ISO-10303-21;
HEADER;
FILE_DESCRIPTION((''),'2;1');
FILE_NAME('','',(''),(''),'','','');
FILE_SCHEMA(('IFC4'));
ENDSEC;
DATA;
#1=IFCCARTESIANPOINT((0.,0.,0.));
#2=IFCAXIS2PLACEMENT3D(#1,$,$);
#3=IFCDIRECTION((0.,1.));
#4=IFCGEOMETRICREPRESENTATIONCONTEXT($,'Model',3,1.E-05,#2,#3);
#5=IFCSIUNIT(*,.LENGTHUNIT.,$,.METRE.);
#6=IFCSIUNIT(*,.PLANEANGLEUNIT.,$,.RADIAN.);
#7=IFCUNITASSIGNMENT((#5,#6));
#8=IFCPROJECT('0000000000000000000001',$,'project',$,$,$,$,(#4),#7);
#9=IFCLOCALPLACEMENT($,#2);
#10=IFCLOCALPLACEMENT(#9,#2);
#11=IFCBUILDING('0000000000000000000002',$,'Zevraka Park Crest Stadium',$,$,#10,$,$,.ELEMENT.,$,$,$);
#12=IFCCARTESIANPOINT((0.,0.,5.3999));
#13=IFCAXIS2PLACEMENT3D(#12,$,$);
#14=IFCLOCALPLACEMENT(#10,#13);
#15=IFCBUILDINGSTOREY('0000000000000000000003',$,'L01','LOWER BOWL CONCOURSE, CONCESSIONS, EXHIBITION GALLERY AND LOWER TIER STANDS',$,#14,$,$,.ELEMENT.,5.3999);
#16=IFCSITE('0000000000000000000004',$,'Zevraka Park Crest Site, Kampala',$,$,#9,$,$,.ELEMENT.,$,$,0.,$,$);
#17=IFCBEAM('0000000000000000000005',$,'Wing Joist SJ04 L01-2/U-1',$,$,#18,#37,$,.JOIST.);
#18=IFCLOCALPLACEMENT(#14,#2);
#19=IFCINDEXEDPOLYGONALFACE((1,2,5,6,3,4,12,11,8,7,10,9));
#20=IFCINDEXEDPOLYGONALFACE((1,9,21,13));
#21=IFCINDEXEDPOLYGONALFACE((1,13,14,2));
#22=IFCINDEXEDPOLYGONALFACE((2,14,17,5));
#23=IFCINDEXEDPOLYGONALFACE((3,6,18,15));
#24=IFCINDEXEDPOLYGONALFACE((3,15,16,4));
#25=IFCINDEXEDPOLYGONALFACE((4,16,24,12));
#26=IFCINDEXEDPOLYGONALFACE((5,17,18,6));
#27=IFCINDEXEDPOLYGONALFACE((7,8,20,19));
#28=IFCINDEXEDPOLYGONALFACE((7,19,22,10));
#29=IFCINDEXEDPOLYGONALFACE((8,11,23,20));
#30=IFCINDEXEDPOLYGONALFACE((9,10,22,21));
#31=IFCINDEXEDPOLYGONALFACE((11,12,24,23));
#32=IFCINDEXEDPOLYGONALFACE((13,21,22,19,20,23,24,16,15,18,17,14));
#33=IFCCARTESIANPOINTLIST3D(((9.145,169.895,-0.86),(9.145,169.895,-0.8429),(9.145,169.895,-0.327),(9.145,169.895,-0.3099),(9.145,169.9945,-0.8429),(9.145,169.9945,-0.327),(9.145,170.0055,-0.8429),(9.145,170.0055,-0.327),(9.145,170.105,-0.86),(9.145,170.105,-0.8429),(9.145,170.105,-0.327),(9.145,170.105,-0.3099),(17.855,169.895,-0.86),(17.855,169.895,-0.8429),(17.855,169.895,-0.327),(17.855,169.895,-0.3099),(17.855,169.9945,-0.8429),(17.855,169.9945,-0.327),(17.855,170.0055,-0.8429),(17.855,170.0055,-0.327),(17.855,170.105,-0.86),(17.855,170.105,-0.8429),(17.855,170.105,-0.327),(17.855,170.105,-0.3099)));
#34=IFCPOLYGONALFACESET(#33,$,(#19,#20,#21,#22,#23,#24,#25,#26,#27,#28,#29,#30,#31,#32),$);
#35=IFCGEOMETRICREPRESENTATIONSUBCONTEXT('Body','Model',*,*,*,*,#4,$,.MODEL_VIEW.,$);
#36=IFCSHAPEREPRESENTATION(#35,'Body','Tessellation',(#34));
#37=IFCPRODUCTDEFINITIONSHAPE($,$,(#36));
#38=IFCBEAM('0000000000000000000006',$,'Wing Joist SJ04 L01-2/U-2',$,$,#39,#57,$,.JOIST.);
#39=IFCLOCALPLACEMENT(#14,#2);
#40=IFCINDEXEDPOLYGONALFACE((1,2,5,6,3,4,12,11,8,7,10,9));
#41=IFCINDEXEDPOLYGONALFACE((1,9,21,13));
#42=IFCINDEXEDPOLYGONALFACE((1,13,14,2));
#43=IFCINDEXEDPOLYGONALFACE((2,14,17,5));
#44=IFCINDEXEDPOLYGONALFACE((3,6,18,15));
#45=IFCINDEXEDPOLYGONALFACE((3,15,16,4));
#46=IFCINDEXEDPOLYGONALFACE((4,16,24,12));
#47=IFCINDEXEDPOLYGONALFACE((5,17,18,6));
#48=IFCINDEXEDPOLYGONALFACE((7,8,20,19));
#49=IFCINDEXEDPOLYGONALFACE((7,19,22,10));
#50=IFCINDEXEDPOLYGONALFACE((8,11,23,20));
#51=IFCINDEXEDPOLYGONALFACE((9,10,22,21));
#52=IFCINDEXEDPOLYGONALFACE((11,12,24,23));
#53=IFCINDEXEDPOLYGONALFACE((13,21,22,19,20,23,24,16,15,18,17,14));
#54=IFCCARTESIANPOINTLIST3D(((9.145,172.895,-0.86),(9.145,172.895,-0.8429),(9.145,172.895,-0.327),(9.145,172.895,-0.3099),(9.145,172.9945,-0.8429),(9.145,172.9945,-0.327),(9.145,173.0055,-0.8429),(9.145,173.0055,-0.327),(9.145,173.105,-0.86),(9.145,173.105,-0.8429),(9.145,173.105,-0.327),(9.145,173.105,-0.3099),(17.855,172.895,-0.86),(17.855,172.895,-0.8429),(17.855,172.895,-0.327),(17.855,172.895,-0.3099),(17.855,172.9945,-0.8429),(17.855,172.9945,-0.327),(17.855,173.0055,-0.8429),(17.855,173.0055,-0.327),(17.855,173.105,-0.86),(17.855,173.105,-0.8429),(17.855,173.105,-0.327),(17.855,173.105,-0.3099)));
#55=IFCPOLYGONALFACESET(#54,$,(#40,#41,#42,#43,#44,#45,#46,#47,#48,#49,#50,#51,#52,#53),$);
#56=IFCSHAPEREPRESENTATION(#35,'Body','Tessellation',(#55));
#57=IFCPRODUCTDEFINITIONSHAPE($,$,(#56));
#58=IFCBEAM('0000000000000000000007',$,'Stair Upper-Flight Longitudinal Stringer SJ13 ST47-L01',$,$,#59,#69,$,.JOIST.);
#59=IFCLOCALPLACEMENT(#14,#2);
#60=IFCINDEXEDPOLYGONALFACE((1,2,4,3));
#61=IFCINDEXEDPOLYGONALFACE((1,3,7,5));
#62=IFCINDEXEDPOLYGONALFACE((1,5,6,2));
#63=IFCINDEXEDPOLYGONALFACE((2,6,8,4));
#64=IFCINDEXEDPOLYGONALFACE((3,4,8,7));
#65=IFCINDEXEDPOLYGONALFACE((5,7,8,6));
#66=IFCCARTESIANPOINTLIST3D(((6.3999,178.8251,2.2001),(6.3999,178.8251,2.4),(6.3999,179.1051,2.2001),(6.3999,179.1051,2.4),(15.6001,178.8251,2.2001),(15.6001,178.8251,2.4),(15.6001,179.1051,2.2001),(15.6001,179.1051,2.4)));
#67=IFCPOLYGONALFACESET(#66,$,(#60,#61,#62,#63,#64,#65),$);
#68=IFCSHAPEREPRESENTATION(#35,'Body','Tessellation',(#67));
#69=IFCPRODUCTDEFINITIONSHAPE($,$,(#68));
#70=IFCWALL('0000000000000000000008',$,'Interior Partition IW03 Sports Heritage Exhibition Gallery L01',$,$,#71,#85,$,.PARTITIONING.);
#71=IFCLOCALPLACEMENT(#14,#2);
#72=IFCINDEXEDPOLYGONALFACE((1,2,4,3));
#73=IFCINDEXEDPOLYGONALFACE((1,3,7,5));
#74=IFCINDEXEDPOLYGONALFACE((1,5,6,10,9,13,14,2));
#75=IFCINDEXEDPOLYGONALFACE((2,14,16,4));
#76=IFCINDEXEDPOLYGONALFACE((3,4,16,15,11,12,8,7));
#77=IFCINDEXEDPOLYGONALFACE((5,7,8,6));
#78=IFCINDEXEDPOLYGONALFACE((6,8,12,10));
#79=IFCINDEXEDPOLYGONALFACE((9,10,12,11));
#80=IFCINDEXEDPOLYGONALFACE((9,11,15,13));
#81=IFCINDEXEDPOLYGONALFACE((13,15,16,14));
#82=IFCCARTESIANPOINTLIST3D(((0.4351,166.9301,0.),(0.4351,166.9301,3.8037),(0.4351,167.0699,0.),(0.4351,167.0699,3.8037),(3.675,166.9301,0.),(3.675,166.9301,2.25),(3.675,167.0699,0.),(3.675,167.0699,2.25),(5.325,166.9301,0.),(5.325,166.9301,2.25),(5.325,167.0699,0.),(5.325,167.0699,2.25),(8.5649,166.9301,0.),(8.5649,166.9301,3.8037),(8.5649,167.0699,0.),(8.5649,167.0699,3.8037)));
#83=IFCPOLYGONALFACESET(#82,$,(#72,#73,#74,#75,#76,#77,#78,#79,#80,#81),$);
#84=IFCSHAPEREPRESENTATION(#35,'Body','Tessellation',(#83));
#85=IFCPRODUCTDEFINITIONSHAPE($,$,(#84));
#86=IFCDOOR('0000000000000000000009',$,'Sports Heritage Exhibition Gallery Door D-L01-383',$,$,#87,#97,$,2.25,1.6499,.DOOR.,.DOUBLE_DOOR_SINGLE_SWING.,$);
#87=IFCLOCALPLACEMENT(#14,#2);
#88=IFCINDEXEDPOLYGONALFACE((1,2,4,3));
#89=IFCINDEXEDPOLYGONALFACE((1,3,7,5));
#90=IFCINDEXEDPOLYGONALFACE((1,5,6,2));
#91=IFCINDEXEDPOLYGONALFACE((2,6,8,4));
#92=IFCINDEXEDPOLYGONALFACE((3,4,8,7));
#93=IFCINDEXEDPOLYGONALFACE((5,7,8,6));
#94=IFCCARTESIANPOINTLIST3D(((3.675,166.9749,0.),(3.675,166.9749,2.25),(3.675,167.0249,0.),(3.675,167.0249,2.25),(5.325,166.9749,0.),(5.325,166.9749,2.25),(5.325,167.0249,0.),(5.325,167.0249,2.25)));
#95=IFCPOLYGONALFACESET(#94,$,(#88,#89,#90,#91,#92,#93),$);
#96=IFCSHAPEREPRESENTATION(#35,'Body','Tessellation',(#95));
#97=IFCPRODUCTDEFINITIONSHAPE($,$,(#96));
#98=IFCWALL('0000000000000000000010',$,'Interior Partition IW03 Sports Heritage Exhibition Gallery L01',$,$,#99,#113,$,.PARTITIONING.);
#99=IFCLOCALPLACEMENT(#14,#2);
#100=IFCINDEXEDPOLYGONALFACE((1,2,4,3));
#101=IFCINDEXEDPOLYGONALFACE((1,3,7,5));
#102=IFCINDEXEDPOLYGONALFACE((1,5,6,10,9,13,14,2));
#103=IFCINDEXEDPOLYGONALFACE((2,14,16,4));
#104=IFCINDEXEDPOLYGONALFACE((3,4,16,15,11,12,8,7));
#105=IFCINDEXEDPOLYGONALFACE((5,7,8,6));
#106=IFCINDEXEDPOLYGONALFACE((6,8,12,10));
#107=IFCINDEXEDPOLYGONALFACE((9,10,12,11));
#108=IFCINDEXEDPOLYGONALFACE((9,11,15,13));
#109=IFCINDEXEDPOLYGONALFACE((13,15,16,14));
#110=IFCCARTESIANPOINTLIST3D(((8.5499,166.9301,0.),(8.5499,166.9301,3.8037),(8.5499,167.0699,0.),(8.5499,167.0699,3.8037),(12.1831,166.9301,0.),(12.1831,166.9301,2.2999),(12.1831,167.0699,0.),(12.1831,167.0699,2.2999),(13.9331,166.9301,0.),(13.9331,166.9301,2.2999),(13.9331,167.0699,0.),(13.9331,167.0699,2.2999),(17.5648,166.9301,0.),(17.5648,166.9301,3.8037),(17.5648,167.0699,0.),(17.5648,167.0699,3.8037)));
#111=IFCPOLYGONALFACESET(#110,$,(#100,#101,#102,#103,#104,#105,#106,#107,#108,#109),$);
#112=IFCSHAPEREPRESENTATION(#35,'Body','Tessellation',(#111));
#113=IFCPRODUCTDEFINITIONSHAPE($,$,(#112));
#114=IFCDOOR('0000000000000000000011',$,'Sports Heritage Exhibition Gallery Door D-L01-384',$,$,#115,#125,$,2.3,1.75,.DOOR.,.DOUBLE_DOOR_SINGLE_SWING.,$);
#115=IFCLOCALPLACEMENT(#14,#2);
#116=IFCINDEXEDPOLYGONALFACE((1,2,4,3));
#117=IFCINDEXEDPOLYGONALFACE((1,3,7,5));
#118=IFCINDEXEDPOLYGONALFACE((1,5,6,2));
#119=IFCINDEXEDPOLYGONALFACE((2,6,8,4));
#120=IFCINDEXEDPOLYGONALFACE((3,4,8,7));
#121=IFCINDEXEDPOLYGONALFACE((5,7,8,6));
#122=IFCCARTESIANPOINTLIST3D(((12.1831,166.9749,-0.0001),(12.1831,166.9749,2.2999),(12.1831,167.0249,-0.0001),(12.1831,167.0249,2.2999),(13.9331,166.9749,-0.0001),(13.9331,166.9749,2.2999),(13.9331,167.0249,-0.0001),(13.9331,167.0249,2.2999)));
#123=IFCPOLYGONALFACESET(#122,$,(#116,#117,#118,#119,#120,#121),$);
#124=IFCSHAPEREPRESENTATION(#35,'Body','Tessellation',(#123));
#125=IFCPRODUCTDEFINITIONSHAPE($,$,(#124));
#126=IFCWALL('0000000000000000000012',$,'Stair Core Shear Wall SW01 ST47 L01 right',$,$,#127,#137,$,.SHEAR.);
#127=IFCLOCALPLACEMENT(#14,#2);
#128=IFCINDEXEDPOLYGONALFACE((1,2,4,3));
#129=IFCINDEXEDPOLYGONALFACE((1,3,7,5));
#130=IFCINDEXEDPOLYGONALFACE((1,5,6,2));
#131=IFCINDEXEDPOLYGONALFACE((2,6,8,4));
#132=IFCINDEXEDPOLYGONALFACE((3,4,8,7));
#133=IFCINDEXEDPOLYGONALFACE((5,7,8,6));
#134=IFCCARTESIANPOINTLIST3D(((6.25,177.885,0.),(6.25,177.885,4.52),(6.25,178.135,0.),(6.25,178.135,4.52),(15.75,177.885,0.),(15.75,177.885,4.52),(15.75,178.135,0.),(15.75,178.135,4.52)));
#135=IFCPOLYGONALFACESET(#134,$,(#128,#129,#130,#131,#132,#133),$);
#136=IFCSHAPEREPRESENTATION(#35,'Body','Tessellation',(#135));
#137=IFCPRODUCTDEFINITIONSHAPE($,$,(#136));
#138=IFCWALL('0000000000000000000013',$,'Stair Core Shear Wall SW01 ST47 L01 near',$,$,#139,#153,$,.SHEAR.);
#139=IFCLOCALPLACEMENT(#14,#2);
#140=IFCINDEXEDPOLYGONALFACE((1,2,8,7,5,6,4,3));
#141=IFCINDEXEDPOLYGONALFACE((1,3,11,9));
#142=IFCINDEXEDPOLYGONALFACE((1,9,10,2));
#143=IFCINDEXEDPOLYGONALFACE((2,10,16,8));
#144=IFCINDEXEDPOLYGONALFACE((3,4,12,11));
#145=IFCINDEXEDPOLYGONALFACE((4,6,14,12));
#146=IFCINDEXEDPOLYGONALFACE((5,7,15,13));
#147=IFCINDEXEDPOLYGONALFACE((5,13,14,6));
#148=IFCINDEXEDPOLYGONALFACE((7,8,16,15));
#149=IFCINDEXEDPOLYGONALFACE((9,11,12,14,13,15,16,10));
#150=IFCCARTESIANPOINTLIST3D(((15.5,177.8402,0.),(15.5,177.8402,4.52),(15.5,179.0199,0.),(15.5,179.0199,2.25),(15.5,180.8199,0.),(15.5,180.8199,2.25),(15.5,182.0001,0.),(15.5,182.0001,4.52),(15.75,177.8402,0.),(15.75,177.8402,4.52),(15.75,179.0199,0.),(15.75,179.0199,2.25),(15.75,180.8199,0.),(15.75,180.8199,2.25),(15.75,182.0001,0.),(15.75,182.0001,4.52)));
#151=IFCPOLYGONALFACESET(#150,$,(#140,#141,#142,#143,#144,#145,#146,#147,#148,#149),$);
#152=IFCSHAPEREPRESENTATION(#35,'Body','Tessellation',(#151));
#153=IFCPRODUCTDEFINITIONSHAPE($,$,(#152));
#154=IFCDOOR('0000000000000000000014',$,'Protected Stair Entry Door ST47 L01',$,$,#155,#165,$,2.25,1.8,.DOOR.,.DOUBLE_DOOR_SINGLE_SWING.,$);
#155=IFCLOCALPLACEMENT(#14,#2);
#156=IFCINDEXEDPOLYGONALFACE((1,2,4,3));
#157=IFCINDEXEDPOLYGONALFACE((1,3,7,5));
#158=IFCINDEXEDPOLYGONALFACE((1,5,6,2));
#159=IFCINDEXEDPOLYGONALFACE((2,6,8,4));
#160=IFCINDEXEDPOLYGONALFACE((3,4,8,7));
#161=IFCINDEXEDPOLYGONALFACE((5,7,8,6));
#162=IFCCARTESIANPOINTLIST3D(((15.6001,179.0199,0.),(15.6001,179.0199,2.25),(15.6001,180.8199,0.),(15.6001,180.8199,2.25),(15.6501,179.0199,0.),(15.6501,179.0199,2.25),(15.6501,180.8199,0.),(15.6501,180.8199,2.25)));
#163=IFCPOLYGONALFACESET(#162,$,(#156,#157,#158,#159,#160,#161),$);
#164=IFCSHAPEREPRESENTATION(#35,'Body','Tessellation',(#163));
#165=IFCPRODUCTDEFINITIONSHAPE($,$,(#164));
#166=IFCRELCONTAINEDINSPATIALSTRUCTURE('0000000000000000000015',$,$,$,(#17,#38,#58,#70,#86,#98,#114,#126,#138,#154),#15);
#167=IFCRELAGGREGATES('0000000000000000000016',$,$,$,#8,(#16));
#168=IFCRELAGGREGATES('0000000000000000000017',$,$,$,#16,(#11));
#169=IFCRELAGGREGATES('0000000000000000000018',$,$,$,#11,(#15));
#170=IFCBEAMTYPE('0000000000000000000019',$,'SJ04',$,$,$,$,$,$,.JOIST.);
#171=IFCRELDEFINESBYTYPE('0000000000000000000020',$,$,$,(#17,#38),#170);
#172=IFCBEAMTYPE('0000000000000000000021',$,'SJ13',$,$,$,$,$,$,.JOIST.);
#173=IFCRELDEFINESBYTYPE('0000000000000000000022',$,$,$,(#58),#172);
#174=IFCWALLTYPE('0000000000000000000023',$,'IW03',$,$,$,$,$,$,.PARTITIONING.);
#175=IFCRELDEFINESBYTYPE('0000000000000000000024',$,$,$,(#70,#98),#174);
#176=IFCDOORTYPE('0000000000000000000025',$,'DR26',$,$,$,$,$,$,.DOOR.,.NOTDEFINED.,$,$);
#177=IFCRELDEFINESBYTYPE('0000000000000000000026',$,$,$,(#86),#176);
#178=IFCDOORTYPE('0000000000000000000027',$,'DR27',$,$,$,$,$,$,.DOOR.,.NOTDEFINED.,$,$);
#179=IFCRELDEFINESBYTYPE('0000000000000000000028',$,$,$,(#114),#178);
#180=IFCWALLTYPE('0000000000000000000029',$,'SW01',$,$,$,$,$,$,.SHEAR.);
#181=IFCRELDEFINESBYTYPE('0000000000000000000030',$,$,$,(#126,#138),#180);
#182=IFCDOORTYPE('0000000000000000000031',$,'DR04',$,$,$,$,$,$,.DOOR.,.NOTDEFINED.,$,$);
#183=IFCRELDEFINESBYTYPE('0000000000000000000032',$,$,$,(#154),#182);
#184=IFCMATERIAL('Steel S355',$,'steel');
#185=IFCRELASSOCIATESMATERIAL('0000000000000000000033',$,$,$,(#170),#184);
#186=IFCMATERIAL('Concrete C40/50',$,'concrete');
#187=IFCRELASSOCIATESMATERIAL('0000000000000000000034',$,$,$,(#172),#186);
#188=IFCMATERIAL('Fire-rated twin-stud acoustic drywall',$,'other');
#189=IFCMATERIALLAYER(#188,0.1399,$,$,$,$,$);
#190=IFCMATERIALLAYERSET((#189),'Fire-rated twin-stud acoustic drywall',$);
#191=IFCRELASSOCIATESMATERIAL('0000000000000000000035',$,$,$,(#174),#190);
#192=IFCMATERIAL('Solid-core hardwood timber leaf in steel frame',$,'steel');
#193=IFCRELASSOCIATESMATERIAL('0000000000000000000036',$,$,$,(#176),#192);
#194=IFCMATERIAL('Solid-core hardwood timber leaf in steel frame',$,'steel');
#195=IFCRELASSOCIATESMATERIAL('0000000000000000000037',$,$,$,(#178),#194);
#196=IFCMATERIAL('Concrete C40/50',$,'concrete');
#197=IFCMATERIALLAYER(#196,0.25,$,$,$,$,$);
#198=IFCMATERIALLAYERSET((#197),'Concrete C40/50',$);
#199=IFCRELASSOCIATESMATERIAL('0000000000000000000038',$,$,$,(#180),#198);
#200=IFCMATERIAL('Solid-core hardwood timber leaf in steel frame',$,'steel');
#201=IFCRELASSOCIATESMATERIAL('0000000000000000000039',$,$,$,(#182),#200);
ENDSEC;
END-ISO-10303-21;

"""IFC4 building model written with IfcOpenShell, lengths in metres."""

from ifc_helpers import new_model, si_unit, direction, frame, frame_2d, origin, origin_2d, place, context, subcontext, project, spatial, rectangle, i_section, extrude, material, layer, layer_set, material_profile, profile_set, type_object, element, fill, save


model = new_model("IFC4")

# Units and contexts
model_context = context("Model", 3, precision=1e-05, world=origin(), true_north=direction((0.0, 1.0)))
body_context = subcontext(model_context, "Body", "Model", "MODEL_VIEW")
ifc_project = project(units=[si_unit("LENGTHUNIT", "METRE"), si_unit("PLANEANGLEUNIT", "RADIAN")], contexts=[model_context])

# Site, building, storey
site_placement = place(None, origin())
site = spatial("IfcSite", under=ifc_project, at=site_placement, Name="Zevraka Park Crest Site, Kampala", CompositionType="ELEMENT", RefElevation=0.0)
building_placement = place(site_placement, origin())
building = spatial("IfcBuilding", under=site, at=building_placement, Name="Zevraka Park Crest Stadium", CompositionType="ELEMENT")
storey_placement = place(building_placement, frame((0.0, 0.0, 5.3999)))
storey = spatial("IfcBuildingStorey", under=building, at=storey_placement, Name="L01", Description="LOWER BOWL CONCOURSE, CONCESSIONS, EXHIBITION GALLERY AND LOWER TIER STANDS", CompositionType="ELEMENT", Elevation=5.3999)

# Beams
ifc_material_1 = material(Name="Steel S355", Category="steel")
ifc_material_profile_1 = material_profile(ifc_material_1, i_section(OverallWidth=0.21, OverallDepth=0.55, WebThickness=0.011, FlangeThickness=0.0171, at=origin_2d()), Name="IPE 550")
ifc_profile_set_1 = profile_set([ifc_material_profile_1], Name="Steel S355")
beam_type_1 = type_object("IfcBeamType", Name="SJ04", PredefinedType="JOIST", material=ifc_profile_set_1)
for number, where, z_axis, x_axis, name in (
    (1, (9.145, 170.0, -0.585), (1.0, 0.0, 0.0), (0.0, 1.0, 0.0), "Wing Joist SJ04 L01-2/U-1"),
    (2, (9.145, 173.0, -0.585), (1.0, 0.0, 0.0), (0.0, 1.0, 0.0), "Wing Joist SJ04 L01-2/U-2"),
):
    element("IfcBeam", number, at=place(storey_placement, frame(where, z_axis=z_axis, x_axis=x_axis)), inside=storey, type_object=beam_type_1, Name=name, PredefinedType="JOIST", context=body_context, shape_type="SweptSolid", body=[
        extrude(i_section(OverallWidth=0.21, OverallDepth=0.55, WebThickness=0.011, FlangeThickness=0.0171, at=origin_2d()), origin(), (0.0, 0.0, 1.0), 8.71),
    ])
ifc_material_2 = material(Name="Concrete C40/50", Category="concrete")
ifc_material_profile_2 = material_profile(ifc_material_2, rectangle(XDim=0.28, YDim=0.2, at=origin_2d()), Name="RC 200x280")
ifc_profile_set_2 = profile_set([ifc_material_profile_2], Name="Concrete C40/50")
beam_type_2 = type_object("IfcBeamType", Name="SJ13", PredefinedType="JOIST", material=ifc_profile_set_2)
beam_1_placement = place(storey_placement, frame((15.6001, 178.9651, 2.3), z_axis=(-1.0, 0.0, 0.0), x_axis=(0.0, -1.0, 0.0)))
element("IfcBeam", 3, at=beam_1_placement, inside=storey, type_object=beam_type_2, Name="Stair Upper-Flight Longitudinal Stringer SJ13 ST47-L01", PredefinedType="JOIST", context=body_context, shape_type="SweptSolid", body=[
    extrude(rectangle(XDim=0.28, YDim=0.2, at=origin_2d()), origin(), (0.0, 0.0, 1.0), 9.2002),
])

# Walls, openings, doors
ifc_material_3 = material(Name="Fire-rated twin-stud acoustic drywall", Category="other")
ifc_layer_1 = layer(ifc_material_3, 0.1399)
ifc_layer_set_1 = layer_set([ifc_layer_1], Name="Fire-rated twin-stud acoustic drywall")
wall_type_1 = type_object("IfcWallType", Name="IW03", PredefinedType="PARTITIONING", material=ifc_layer_set_1)
wall_1_placement = place(storey_placement, frame((0.4351, 167.0, 0.0), z_axis=(0.0, 0.0, 1.0), x_axis=(1.0, 0.0, 0.0)))
wall_1 = element("IfcWall", 4, at=wall_1_placement, inside=storey, type_object=wall_type_1, Name="Interior Partition IW03 Sports Heritage Exhibition Gallery L01", PredefinedType="PARTITIONING", context=body_context, shape_type="SweptSolid", body=[
    extrude(rectangle(XDim=8.1299, YDim=0.1399, at=frame_2d((4.0649, 0.0))), origin(), (0.0, 0.0, 1.0), 3.8037),
])
opening_1_placement = place(wall_1_placement, frame((3.24, 0.0, 0.0)))
opening_1 = element("IfcOpeningElement", 5, at=opening_1_placement, cuts=wall_1, PredefinedType="OPENING", context=body_context, shape_type="SweptSolid", body=[
    extrude(rectangle(XDim=1.6499, YDim=2.25, at=frame_2d((0.825, 1.125))), frame((0.0, 0.0798, 0.0), z_axis=(0.0, -1.0, 0.0), x_axis=(1.0, 0.0, 0.0)), (0.0, 0.0, 1.0), 0.1599),
])
ifc_material_4 = material(Name="Solid-core hardwood timber leaf in steel frame", Category="steel")
door_type_1 = type_object("IfcDoorType", Name="DR26", OperationType="NOTDEFINED", PredefinedType="DOOR", material=ifc_material_4)
door_1_placement = place(opening_1_placement, origin())
door_1 = element("IfcDoor", 6, at=door_1_placement, inside=storey, type_object=door_type_1, Name="Sports Heritage Exhibition Gallery Door D-L01-383", OperationType="DOUBLE_DOOR_SINGLE_SWING", OverallHeight=2.25, OverallWidth=1.6499, PredefinedType="DOOR", context=body_context, shape_type="SweptSolid", body=[
    extrude(rectangle(XDim=1.6499, YDim=2.25, at=frame_2d((0.825, 1.125))), frame((0.0, 0.0249, 0.0), z_axis=(0.0, -1.0, 0.0), x_axis=(1.0, 0.0, 0.0)), (0.0, 0.0, 1.0), 0.05),
])
fill(opening_1, door_1)
wall_2_placement = place(storey_placement, frame((8.55, 167.0, 0.0), z_axis=(0.0, 0.0, 1.0), x_axis=(1.0, 0.0, 0.0)))
wall_2 = element("IfcWall", 7, at=wall_2_placement, inside=storey, type_object=wall_type_1, Name="Interior Partition IW03 Sports Heritage Exhibition Gallery L01", PredefinedType="PARTITIONING", context=body_context, shape_type="SweptSolid", body=[
    extrude(rectangle(XDim=9.0149, YDim=0.1399, at=frame_2d((4.5073, 0.0))), origin(), (0.0, 0.0, 1.0), 3.8037),
])
opening_2_placement = place(wall_2_placement, frame((3.6331, 0.0, 0.0)))
opening_2 = element("IfcOpeningElement", 8, at=opening_2_placement, cuts=wall_2, PredefinedType="OPENING", context=body_context, shape_type="SweptSolid", body=[
    extrude(rectangle(XDim=1.75, YDim=2.3, at=frame_2d((0.875, 1.1499))), frame((0.0, 0.0798, 0.0), z_axis=(0.0, -1.0, 0.0), x_axis=(1.0, 0.0, 0.0)), (0.0, 0.0, 1.0), 0.1599),
])
ifc_material_5 = material(Name="Solid-core hardwood timber leaf in steel frame", Category="steel")
door_type_2 = type_object("IfcDoorType", Name="DR27", OperationType="NOTDEFINED", PredefinedType="DOOR", material=ifc_material_5)
door_2_placement = place(opening_2_placement, origin())
door_2 = element("IfcDoor", 9, at=door_2_placement, inside=storey, type_object=door_type_2, Name="Sports Heritage Exhibition Gallery Door D-L01-384", OperationType="DOUBLE_DOOR_SINGLE_SWING", OverallHeight=2.3, OverallWidth=1.75, PredefinedType="DOOR", context=body_context, shape_type="SweptSolid", body=[
    extrude(rectangle(XDim=1.75, YDim=2.3, at=frame_2d((0.875, 1.1499))), frame((0.0, 0.0249, 0.0), z_axis=(0.0, -1.0, 0.0), x_axis=(1.0, 0.0, 0.0)), (0.0, 0.0, 1.0), 0.05),
])
fill(opening_2, door_2)

# Wall
ifc_material_6 = material(Name="Concrete C40/50", Category="concrete")
ifc_layer_2 = layer(ifc_material_6, 0.25)
ifc_layer_set_2 = layer_set([ifc_layer_2], Name="Concrete C40/50")
wall_type_2 = type_object("IfcWallType", Name="SW01", PredefinedType="SHEAR", material=ifc_layer_set_2)
wall_3_placement = place(storey_placement, frame((6.25, 178.01, 0.0), z_axis=(0.0, 0.0, 1.0), x_axis=(1.0, 0.0, 0.0)))
element("IfcWall", 10, at=wall_3_placement, inside=storey, type_object=wall_type_2, Name="Stair Core Shear Wall SW01 ST47 L01 right", PredefinedType="SHEAR", context=body_context, shape_type="SweptSolid", body=[
    extrude(rectangle(XDim=9.5, YDim=0.25, at=frame_2d((4.75, 0.0))), origin(), (0.0, 0.0, 1.0), 4.52),
])

# Wall, opening, door
wall_4_placement = place(storey_placement, frame((15.625, 177.8401, 0.0), z_axis=(0.0, 0.0, 1.0), x_axis=(0.0, 1.0, 0.0)))
wall_4 = element("IfcWall", 11, at=wall_4_placement, inside=storey, type_object=wall_type_2, Name="Stair Core Shear Wall SW01 ST47 L01 near", PredefinedType="SHEAR", context=body_context, shape_type="SweptSolid", body=[
    extrude(rectangle(XDim=4.1599, YDim=0.25, at=frame_2d((2.0801, 0.0))), origin(), (0.0, 0.0, 1.0), 4.52),
])
opening_3_placement = place(wall_4_placement, frame((1.1799, 0.0, 0.0)))
opening_3 = element("IfcOpeningElement", 12, at=opening_3_placement, cuts=wall_4, PredefinedType="OPENING", context=body_context, shape_type="SweptSolid", body=[
    extrude(rectangle(XDim=1.8, YDim=2.25, at=frame_2d((0.8999, 1.125))), frame((0.0, 0.135, 0.0), z_axis=(0.0, -1.0, 0.0), x_axis=(1.0, 0.0, 0.0)), (0.0, 0.0, 1.0), 0.27),
])
ifc_material_7 = material(Name="Solid-core hardwood timber leaf in steel frame", Category="steel")
door_type_3 = type_object("IfcDoorType", Name="DR04", OperationType="NOTDEFINED", PredefinedType="DOOR", material=ifc_material_7)
door_3_placement = place(opening_3_placement, origin())
door_3 = element("IfcDoor", 13, at=door_3_placement, inside=storey, type_object=door_type_3, Name="Protected Stair Entry Door ST47 L01", OperationType="DOUBLE_DOOR_SINGLE_SWING", OverallHeight=2.25, OverallWidth=1.8, PredefinedType="DOOR", context=body_context, shape_type="SweptSolid", body=[
    extrude(rectangle(XDim=1.8, YDim=2.25, at=frame_2d((0.8999, 1.125))), frame((0.0, 0.0249, 0.0), z_axis=(0.0, -1.0, 0.0), x_axis=(1.0, 0.0, 0.0)), (0.0, 0.0, 1.0), 0.05),
])
fill(opening_3, door_3)

save(model, "model.ifc")
